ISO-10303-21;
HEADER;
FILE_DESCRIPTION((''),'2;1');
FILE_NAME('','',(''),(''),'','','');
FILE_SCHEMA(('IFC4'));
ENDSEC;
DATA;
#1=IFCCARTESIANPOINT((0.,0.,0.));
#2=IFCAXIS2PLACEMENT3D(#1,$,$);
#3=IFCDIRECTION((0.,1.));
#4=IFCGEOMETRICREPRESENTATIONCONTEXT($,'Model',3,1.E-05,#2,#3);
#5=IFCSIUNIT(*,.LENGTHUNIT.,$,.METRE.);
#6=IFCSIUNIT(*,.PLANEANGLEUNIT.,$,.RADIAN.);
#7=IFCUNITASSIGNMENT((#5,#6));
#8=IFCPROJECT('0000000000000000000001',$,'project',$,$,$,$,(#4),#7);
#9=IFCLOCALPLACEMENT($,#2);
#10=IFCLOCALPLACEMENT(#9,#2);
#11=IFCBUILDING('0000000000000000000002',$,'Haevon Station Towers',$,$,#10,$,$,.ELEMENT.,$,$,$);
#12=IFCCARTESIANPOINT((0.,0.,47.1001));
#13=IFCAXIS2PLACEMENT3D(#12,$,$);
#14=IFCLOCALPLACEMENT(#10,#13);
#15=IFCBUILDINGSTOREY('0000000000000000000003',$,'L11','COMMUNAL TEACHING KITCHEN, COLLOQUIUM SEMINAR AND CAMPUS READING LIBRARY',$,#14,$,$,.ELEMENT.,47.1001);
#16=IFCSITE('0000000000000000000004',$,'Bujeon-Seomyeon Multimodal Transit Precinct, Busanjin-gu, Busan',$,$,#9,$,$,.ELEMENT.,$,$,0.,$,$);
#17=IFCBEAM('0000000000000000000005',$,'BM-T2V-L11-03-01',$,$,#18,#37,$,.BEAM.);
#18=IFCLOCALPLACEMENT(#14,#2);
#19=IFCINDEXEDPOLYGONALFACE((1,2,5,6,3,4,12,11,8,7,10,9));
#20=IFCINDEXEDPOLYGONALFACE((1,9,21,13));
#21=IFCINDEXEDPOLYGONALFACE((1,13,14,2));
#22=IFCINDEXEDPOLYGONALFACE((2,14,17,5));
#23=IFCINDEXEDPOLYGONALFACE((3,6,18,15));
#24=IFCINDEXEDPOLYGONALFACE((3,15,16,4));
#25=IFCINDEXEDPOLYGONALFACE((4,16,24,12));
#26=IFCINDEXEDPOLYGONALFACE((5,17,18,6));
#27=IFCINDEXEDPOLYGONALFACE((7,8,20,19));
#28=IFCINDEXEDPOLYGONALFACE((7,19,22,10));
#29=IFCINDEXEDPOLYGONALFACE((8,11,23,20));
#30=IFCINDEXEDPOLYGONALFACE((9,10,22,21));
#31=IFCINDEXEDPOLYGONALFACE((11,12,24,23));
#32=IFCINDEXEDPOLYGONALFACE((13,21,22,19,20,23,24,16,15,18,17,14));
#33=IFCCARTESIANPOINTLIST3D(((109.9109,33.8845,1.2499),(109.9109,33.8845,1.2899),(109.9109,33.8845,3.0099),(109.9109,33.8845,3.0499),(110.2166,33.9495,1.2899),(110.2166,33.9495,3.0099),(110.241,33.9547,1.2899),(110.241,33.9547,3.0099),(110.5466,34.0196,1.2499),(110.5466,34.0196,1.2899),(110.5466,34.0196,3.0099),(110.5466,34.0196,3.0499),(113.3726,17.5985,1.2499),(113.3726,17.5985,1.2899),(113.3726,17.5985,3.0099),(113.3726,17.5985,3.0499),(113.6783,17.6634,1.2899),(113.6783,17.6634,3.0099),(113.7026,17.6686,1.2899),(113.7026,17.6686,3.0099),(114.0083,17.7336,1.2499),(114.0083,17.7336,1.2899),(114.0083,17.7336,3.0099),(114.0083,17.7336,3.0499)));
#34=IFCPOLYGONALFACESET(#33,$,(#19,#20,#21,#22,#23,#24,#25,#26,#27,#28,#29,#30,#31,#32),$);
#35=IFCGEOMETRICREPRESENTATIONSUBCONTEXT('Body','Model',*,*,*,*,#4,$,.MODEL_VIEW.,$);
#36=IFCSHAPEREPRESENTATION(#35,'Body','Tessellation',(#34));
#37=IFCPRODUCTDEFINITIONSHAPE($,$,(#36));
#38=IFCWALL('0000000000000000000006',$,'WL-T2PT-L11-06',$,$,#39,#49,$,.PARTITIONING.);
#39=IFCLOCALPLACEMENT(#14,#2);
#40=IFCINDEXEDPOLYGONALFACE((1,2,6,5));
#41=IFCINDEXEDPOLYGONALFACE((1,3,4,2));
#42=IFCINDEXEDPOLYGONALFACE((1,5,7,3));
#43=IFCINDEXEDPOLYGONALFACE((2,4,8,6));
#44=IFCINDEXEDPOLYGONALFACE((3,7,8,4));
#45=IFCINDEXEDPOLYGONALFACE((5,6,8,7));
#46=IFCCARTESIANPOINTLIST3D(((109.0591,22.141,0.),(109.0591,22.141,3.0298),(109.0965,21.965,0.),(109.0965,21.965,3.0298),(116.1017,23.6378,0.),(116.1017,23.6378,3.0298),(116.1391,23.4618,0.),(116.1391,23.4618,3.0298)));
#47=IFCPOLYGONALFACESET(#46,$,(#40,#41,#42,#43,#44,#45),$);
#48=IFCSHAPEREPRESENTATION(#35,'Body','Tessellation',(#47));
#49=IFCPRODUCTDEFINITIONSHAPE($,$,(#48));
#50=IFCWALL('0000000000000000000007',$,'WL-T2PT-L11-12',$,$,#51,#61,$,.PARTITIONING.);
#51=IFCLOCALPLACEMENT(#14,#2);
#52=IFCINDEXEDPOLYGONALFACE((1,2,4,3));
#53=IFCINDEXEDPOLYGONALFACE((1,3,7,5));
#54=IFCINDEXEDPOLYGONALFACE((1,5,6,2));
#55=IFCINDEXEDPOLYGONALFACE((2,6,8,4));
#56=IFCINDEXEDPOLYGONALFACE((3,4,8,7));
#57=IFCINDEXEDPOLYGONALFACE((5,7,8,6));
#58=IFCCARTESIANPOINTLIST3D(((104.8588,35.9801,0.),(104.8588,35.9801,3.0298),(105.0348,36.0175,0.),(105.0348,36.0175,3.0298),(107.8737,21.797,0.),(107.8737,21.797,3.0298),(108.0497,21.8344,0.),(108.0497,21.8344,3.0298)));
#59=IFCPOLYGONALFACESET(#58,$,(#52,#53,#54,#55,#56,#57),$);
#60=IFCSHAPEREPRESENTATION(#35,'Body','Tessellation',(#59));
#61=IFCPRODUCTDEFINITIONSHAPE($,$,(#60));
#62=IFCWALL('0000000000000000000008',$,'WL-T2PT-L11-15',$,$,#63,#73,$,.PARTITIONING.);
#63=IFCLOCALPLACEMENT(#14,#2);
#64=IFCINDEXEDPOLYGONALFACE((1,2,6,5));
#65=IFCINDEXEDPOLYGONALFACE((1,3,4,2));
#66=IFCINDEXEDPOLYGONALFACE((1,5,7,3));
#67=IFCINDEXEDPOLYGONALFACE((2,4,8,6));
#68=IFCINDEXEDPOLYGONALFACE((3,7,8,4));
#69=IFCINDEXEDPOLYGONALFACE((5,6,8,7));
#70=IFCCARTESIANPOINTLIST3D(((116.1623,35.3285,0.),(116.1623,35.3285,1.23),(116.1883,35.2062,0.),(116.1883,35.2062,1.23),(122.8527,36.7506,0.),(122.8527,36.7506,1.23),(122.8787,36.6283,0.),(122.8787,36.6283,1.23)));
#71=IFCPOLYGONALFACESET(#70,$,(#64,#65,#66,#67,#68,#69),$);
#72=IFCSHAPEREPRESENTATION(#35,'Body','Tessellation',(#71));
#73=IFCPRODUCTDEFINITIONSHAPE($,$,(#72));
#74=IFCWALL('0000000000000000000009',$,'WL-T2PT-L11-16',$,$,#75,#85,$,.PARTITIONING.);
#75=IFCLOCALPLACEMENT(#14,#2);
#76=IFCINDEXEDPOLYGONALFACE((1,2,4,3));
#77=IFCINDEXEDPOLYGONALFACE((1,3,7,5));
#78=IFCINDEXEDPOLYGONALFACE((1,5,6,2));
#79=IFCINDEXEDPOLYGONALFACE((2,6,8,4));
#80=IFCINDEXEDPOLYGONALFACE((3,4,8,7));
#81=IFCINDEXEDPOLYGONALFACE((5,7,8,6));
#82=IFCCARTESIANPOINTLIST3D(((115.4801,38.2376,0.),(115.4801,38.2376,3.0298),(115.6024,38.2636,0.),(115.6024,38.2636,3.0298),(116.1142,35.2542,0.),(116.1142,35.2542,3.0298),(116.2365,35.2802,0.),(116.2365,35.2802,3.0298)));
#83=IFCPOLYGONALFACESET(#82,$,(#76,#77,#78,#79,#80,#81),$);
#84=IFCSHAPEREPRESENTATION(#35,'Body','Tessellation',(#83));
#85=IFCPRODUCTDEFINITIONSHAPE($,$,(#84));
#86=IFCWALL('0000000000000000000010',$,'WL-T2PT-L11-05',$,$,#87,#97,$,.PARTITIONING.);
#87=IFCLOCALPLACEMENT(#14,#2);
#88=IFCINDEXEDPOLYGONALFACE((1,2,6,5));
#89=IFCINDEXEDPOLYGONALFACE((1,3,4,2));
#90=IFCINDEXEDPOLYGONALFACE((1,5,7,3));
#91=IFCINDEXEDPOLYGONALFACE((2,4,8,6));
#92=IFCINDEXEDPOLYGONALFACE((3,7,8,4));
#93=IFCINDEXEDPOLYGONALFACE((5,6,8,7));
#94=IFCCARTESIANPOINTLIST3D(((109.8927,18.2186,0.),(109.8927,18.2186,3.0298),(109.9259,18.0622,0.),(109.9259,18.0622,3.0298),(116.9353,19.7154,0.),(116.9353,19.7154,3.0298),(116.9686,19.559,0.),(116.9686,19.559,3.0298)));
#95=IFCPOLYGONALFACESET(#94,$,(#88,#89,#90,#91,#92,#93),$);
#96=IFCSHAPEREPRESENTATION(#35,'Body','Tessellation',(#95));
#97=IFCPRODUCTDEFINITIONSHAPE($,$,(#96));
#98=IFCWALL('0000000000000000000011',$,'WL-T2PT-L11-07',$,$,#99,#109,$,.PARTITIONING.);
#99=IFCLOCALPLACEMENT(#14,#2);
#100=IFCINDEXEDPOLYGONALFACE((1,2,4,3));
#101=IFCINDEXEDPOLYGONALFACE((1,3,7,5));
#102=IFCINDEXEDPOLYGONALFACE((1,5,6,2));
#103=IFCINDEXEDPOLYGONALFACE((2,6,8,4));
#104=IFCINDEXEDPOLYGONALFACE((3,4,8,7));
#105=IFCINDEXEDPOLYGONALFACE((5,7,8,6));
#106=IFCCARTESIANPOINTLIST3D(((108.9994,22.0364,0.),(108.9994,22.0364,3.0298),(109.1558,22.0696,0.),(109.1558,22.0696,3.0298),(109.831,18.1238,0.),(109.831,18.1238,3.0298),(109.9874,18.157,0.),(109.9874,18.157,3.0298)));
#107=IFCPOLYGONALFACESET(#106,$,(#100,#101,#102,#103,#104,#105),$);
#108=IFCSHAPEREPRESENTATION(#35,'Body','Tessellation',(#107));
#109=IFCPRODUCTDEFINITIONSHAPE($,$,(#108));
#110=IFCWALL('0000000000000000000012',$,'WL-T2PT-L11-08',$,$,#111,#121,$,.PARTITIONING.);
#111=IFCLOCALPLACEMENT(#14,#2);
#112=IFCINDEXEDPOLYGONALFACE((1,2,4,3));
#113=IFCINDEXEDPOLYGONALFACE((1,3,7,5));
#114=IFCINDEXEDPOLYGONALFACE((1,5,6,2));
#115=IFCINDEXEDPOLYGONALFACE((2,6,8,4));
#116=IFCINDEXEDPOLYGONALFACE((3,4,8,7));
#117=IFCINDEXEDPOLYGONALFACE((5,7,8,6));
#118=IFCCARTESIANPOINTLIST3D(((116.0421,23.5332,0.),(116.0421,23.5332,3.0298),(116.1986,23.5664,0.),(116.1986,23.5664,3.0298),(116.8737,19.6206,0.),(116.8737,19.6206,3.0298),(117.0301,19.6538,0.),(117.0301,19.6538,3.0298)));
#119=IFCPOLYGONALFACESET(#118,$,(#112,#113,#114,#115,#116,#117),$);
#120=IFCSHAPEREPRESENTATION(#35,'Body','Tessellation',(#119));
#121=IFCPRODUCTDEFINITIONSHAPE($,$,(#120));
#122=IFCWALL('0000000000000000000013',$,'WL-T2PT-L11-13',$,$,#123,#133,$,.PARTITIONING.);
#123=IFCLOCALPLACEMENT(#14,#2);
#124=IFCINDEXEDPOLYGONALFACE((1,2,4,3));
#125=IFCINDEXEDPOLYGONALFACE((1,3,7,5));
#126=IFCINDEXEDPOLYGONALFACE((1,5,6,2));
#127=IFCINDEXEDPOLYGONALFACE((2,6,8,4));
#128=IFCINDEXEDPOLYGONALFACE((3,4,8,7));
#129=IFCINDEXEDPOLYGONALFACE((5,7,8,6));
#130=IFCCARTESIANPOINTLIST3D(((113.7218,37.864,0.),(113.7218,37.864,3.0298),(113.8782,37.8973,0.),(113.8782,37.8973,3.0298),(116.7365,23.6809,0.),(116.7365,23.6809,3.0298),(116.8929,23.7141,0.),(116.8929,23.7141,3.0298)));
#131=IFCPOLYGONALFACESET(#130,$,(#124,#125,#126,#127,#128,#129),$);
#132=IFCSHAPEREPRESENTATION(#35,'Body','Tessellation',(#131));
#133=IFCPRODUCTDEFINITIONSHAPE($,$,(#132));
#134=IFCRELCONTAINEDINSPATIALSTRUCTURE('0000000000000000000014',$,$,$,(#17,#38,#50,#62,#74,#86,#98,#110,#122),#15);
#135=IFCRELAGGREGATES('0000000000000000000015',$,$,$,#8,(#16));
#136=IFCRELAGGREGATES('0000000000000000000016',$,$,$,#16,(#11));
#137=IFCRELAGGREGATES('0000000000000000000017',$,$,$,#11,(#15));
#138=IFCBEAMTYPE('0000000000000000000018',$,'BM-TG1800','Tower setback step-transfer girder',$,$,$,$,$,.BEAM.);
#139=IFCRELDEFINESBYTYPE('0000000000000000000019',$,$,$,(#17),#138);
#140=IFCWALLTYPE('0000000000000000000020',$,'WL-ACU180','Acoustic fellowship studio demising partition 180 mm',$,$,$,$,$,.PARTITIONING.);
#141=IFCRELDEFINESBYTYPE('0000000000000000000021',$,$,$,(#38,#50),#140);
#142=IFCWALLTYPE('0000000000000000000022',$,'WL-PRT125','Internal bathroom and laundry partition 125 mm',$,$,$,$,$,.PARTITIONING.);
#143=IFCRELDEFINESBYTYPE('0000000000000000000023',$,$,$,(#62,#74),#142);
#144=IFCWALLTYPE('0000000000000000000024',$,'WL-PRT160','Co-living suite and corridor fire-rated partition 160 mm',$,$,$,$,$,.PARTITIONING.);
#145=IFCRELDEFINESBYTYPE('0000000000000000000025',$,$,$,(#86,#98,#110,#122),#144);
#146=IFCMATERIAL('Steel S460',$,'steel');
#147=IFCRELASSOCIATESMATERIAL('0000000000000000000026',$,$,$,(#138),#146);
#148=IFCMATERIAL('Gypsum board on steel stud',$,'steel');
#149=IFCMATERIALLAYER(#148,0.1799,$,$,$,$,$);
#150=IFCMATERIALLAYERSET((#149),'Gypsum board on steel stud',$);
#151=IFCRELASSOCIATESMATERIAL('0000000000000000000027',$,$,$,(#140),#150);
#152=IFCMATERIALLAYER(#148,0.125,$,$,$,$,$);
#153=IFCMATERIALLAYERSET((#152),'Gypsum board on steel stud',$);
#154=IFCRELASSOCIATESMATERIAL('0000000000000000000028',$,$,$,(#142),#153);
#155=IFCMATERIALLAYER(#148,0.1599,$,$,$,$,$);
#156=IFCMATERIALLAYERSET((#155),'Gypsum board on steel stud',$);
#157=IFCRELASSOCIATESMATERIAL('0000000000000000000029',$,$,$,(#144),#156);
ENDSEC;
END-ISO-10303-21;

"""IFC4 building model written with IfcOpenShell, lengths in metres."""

from ifc_helpers import new_model, si_unit, direction, frame, frame_2d, origin, origin_2d, place, context, subcontext, project, spatial, rectangle, i_section, extrude, material, layer, layer_set, material_profile, profile_set, type_object, element, save


model = new_model("IFC4")

# Units and contexts
model_context = context("Model", 3, precision=1e-05, world=origin(), true_north=direction((0.0, 1.0)))
body_context = subcontext(model_context, "Body", "Model", "MODEL_VIEW")
ifc_project = project(units=[si_unit("LENGTHUNIT", "METRE"), si_unit("PLANEANGLEUNIT", "RADIAN")], contexts=[model_context])

# Site, building, storey
site_placement = place(None, origin())
site = spatial("IfcSite", under=ifc_project, at=site_placement, Name="Bujeon-Seomyeon Multimodal Transit Precinct, Busanjin-gu, Busan", CompositionType="ELEMENT", RefElevation=0.0)
building_placement = place(site_placement, origin())
building = spatial("IfcBuilding", under=site, at=building_placement, Name="Haevon Station Towers", CompositionType="ELEMENT")
storey_placement = place(building_placement, frame((0.0, 0.0, 47.1001)))
storey = spatial("IfcBuildingStorey", under=building, at=storey_placement, Name="L11", Description="COMMUNAL TEACHING KITCHEN, COLLOQUIUM SEMINAR AND CAMPUS READING LIBRARY", CompositionType="ELEMENT", Elevation=47.1001)

# Shared definitions
ifc_material_1 = material(Name="Steel S460", Category="steel")

# Beam
ifc_material_profile_1 = material_profile(ifc_material_1, i_section(OverallWidth=0.6499, OverallDepth=1.8, WebThickness=0.0249, FlangeThickness=0.04, at=origin_2d()), Name="H-1800x650x25x40")
ifc_profile_set_1 = profile_set([ifc_material_profile_1], Name="Steel S460")
beam_type_1 = type_object("IfcBeamType", Name="BM-TG1800", Description="Tower setback step-transfer girder", PredefinedType="BEAM", material=ifc_profile_set_1)
beam_1_placement = place(storey_placement, frame((113.6904, 17.666, 2.1499), z_axis=(-0.207909, 0.978148, 0.0), x_axis=(-0.978148, -0.207909, 0.0)))
element("IfcBeam", 1, at=beam_1_placement, inside=storey, type_object=beam_type_1, Name="BM-T2V-L11-03-01", PredefinedType="BEAM", context=body_context, shape_type="SweptSolid", body=[
    extrude(i_section(OverallWidth=0.6499, OverallDepth=1.8, WebThickness=0.0249, FlangeThickness=0.04, at=origin_2d()), origin(), (0.0, 0.0, 1.0), 16.6499),
])

# Walls
ifc_material_2 = material(Name="Gypsum board on steel stud", Category="steel")
ifc_layer_1 = layer(ifc_material_2, 0.1799)
ifc_layer_set_1 = layer_set([ifc_layer_1], Name="Gypsum board on steel stud")
wall_type_1 = type_object("IfcWallType", Name="WL-ACU180", Description="Acoustic fellowship studio demising partition 180 mm", PredefinedType="PARTITIONING", material=ifc_layer_set_1)
wall_1_placement = place(storey_placement, frame((109.0776, 22.053, 0.0), z_axis=(0.0, 0.0, 1.0), x_axis=(0.978152, 0.207892, 0.0)))
element("IfcWall", 2, at=wall_1_placement, inside=storey, type_object=wall_type_1, Name="WL-T2PT-L11-06", PredefinedType="PARTITIONING", context=body_context, shape_type="SweptSolid", body=[
    extrude(rectangle(XDim=7.2, YDim=0.1799, at=frame_2d((3.6001, 0.0))), origin(), (0.0, 0.0, 1.0), 3.0298),
])
wall_2_placement = place(storey_placement, frame((107.9617, 21.8157, 0.0), z_axis=(0.0, 0.0, 1.0), x_axis=(-0.207924, 0.978145, 0.0)))
element("IfcWall", 3, at=wall_2_placement, inside=storey, type_object=wall_type_1, Name="WL-T2PT-L11-12", PredefinedType="PARTITIONING", context=body_context, shape_type="SweptSolid", body=[
    extrude(rectangle(XDim=14.5, YDim=0.1799, at=frame_2d((7.25, 0.0))), origin(), (0.0, 0.0, 1.0), 3.0298),
])
ifc_layer_2 = layer(ifc_material_2, 0.125)
ifc_layer_set_2 = layer_set([ifc_layer_2], Name="Gypsum board on steel stud")
wall_type_2 = type_object("IfcWallType", Name="WL-PRT125", Description="Internal bathroom and laundry partition 125 mm", PredefinedType="PARTITIONING", material=ifc_layer_set_2)
wall_3_placement = place(storey_placement, frame((116.1753, 35.2673, 0.0), z_axis=(0.0, 0.0, 1.0), x_axis=(0.978147, 0.207915, 0.0)))
element("IfcWall", 4, at=wall_3_placement, inside=storey, type_object=wall_type_2, Name="WL-T2PT-L11-15", PredefinedType="PARTITIONING", context=body_context, shape_type="SweptSolid", body=[
    extrude(rectangle(XDim=6.8398, YDim=0.125, at=frame_2d((3.4199, 0.0))), origin(), (0.0, 0.0, 1.0), 1.23),
])
wall_4_placement = place(storey_placement, frame((116.1753, 35.2673, 0.0), z_axis=(0.0, 0.0, 1.0), x_axis=(-0.207878, 0.978155, 0.0)))
element("IfcWall", 5, at=wall_4_placement, inside=storey, type_object=wall_type_2, Name="WL-T2PT-L11-16", PredefinedType="PARTITIONING", context=body_context, shape_type="SweptSolid", body=[
    extrude(rectangle(XDim=3.05, YDim=0.125, at=frame_2d((1.5249, 0.0))), origin(), (0.0, 0.0, 1.0), 3.0298),
])
ifc_layer_3 = layer(ifc_material_2, 0.1599)
ifc_layer_set_3 = layer_set([ifc_layer_3], Name="Gypsum board on steel stud")
wall_type_3 = type_object("IfcWallType", Name="WL-PRT160", Description="Co-living suite and corridor fire-rated partition 160 mm", PredefinedType="PARTITIONING", material=ifc_layer_set_3)
wall_5_placement = place(storey_placement, frame((109.9092, 18.1404, 0.0), z_axis=(0.0, 0.0, 1.0), x_axis=(0.978152, 0.207892, 0.0)))
element("IfcWall", 6, at=wall_5_placement, inside=storey, type_object=wall_type_3, Name="WL-T2PT-L11-05", PredefinedType="PARTITIONING", context=body_context, shape_type="SweptSolid", body=[
    extrude(rectangle(XDim=7.2, YDim=0.1599, at=frame_2d((3.6001, 0.0))), origin(), (0.0, 0.0, 1.0), 3.0298),
])
for number, where, z_axis, x_axis, name in (
    (7, (109.9092, 18.1404, 0.0), (0.0, 0.0, 1.0), (-0.207886, 0.978153, 0.0), "WL-T2PT-L11-07"),
    (8, (116.9519, 19.6372, 0.0), (0.0, 0.0, 1.0), (-0.207886, 0.978153, 0.0), "WL-T2PT-L11-08"),
):
    element("IfcWall", number, at=place(storey_placement, frame(where, z_axis=z_axis, x_axis=x_axis)), inside=storey, type_object=wall_type_3, Name=name, PredefinedType="PARTITIONING", context=body_context, shape_type="SweptSolid", body=[
        extrude(rectangle(XDim=4.0, YDim=0.1599, at=frame_2d((2.0, 0.0))), origin(), (0.0, 0.0, 1.0), 3.0298),
    ])
wall_6_placement = place(storey_placement, frame((116.8147, 23.6975, 0.0), z_axis=(0.0, 0.0, 1.0), x_axis=(-0.207907, 0.978148, 0.0)))
element("IfcWall", 9, at=wall_6_placement, inside=storey, type_object=wall_type_3, Name="WL-T2PT-L11-13", PredefinedType="PARTITIONING", context=body_context, shape_type="SweptSolid", body=[
    extrude(rectangle(XDim=14.5, YDim=0.1599, at=frame_2d((7.25, 0.0))), origin(), (0.0, 0.0, 1.0), 3.0298),
])

save(model, "model.ifc")
